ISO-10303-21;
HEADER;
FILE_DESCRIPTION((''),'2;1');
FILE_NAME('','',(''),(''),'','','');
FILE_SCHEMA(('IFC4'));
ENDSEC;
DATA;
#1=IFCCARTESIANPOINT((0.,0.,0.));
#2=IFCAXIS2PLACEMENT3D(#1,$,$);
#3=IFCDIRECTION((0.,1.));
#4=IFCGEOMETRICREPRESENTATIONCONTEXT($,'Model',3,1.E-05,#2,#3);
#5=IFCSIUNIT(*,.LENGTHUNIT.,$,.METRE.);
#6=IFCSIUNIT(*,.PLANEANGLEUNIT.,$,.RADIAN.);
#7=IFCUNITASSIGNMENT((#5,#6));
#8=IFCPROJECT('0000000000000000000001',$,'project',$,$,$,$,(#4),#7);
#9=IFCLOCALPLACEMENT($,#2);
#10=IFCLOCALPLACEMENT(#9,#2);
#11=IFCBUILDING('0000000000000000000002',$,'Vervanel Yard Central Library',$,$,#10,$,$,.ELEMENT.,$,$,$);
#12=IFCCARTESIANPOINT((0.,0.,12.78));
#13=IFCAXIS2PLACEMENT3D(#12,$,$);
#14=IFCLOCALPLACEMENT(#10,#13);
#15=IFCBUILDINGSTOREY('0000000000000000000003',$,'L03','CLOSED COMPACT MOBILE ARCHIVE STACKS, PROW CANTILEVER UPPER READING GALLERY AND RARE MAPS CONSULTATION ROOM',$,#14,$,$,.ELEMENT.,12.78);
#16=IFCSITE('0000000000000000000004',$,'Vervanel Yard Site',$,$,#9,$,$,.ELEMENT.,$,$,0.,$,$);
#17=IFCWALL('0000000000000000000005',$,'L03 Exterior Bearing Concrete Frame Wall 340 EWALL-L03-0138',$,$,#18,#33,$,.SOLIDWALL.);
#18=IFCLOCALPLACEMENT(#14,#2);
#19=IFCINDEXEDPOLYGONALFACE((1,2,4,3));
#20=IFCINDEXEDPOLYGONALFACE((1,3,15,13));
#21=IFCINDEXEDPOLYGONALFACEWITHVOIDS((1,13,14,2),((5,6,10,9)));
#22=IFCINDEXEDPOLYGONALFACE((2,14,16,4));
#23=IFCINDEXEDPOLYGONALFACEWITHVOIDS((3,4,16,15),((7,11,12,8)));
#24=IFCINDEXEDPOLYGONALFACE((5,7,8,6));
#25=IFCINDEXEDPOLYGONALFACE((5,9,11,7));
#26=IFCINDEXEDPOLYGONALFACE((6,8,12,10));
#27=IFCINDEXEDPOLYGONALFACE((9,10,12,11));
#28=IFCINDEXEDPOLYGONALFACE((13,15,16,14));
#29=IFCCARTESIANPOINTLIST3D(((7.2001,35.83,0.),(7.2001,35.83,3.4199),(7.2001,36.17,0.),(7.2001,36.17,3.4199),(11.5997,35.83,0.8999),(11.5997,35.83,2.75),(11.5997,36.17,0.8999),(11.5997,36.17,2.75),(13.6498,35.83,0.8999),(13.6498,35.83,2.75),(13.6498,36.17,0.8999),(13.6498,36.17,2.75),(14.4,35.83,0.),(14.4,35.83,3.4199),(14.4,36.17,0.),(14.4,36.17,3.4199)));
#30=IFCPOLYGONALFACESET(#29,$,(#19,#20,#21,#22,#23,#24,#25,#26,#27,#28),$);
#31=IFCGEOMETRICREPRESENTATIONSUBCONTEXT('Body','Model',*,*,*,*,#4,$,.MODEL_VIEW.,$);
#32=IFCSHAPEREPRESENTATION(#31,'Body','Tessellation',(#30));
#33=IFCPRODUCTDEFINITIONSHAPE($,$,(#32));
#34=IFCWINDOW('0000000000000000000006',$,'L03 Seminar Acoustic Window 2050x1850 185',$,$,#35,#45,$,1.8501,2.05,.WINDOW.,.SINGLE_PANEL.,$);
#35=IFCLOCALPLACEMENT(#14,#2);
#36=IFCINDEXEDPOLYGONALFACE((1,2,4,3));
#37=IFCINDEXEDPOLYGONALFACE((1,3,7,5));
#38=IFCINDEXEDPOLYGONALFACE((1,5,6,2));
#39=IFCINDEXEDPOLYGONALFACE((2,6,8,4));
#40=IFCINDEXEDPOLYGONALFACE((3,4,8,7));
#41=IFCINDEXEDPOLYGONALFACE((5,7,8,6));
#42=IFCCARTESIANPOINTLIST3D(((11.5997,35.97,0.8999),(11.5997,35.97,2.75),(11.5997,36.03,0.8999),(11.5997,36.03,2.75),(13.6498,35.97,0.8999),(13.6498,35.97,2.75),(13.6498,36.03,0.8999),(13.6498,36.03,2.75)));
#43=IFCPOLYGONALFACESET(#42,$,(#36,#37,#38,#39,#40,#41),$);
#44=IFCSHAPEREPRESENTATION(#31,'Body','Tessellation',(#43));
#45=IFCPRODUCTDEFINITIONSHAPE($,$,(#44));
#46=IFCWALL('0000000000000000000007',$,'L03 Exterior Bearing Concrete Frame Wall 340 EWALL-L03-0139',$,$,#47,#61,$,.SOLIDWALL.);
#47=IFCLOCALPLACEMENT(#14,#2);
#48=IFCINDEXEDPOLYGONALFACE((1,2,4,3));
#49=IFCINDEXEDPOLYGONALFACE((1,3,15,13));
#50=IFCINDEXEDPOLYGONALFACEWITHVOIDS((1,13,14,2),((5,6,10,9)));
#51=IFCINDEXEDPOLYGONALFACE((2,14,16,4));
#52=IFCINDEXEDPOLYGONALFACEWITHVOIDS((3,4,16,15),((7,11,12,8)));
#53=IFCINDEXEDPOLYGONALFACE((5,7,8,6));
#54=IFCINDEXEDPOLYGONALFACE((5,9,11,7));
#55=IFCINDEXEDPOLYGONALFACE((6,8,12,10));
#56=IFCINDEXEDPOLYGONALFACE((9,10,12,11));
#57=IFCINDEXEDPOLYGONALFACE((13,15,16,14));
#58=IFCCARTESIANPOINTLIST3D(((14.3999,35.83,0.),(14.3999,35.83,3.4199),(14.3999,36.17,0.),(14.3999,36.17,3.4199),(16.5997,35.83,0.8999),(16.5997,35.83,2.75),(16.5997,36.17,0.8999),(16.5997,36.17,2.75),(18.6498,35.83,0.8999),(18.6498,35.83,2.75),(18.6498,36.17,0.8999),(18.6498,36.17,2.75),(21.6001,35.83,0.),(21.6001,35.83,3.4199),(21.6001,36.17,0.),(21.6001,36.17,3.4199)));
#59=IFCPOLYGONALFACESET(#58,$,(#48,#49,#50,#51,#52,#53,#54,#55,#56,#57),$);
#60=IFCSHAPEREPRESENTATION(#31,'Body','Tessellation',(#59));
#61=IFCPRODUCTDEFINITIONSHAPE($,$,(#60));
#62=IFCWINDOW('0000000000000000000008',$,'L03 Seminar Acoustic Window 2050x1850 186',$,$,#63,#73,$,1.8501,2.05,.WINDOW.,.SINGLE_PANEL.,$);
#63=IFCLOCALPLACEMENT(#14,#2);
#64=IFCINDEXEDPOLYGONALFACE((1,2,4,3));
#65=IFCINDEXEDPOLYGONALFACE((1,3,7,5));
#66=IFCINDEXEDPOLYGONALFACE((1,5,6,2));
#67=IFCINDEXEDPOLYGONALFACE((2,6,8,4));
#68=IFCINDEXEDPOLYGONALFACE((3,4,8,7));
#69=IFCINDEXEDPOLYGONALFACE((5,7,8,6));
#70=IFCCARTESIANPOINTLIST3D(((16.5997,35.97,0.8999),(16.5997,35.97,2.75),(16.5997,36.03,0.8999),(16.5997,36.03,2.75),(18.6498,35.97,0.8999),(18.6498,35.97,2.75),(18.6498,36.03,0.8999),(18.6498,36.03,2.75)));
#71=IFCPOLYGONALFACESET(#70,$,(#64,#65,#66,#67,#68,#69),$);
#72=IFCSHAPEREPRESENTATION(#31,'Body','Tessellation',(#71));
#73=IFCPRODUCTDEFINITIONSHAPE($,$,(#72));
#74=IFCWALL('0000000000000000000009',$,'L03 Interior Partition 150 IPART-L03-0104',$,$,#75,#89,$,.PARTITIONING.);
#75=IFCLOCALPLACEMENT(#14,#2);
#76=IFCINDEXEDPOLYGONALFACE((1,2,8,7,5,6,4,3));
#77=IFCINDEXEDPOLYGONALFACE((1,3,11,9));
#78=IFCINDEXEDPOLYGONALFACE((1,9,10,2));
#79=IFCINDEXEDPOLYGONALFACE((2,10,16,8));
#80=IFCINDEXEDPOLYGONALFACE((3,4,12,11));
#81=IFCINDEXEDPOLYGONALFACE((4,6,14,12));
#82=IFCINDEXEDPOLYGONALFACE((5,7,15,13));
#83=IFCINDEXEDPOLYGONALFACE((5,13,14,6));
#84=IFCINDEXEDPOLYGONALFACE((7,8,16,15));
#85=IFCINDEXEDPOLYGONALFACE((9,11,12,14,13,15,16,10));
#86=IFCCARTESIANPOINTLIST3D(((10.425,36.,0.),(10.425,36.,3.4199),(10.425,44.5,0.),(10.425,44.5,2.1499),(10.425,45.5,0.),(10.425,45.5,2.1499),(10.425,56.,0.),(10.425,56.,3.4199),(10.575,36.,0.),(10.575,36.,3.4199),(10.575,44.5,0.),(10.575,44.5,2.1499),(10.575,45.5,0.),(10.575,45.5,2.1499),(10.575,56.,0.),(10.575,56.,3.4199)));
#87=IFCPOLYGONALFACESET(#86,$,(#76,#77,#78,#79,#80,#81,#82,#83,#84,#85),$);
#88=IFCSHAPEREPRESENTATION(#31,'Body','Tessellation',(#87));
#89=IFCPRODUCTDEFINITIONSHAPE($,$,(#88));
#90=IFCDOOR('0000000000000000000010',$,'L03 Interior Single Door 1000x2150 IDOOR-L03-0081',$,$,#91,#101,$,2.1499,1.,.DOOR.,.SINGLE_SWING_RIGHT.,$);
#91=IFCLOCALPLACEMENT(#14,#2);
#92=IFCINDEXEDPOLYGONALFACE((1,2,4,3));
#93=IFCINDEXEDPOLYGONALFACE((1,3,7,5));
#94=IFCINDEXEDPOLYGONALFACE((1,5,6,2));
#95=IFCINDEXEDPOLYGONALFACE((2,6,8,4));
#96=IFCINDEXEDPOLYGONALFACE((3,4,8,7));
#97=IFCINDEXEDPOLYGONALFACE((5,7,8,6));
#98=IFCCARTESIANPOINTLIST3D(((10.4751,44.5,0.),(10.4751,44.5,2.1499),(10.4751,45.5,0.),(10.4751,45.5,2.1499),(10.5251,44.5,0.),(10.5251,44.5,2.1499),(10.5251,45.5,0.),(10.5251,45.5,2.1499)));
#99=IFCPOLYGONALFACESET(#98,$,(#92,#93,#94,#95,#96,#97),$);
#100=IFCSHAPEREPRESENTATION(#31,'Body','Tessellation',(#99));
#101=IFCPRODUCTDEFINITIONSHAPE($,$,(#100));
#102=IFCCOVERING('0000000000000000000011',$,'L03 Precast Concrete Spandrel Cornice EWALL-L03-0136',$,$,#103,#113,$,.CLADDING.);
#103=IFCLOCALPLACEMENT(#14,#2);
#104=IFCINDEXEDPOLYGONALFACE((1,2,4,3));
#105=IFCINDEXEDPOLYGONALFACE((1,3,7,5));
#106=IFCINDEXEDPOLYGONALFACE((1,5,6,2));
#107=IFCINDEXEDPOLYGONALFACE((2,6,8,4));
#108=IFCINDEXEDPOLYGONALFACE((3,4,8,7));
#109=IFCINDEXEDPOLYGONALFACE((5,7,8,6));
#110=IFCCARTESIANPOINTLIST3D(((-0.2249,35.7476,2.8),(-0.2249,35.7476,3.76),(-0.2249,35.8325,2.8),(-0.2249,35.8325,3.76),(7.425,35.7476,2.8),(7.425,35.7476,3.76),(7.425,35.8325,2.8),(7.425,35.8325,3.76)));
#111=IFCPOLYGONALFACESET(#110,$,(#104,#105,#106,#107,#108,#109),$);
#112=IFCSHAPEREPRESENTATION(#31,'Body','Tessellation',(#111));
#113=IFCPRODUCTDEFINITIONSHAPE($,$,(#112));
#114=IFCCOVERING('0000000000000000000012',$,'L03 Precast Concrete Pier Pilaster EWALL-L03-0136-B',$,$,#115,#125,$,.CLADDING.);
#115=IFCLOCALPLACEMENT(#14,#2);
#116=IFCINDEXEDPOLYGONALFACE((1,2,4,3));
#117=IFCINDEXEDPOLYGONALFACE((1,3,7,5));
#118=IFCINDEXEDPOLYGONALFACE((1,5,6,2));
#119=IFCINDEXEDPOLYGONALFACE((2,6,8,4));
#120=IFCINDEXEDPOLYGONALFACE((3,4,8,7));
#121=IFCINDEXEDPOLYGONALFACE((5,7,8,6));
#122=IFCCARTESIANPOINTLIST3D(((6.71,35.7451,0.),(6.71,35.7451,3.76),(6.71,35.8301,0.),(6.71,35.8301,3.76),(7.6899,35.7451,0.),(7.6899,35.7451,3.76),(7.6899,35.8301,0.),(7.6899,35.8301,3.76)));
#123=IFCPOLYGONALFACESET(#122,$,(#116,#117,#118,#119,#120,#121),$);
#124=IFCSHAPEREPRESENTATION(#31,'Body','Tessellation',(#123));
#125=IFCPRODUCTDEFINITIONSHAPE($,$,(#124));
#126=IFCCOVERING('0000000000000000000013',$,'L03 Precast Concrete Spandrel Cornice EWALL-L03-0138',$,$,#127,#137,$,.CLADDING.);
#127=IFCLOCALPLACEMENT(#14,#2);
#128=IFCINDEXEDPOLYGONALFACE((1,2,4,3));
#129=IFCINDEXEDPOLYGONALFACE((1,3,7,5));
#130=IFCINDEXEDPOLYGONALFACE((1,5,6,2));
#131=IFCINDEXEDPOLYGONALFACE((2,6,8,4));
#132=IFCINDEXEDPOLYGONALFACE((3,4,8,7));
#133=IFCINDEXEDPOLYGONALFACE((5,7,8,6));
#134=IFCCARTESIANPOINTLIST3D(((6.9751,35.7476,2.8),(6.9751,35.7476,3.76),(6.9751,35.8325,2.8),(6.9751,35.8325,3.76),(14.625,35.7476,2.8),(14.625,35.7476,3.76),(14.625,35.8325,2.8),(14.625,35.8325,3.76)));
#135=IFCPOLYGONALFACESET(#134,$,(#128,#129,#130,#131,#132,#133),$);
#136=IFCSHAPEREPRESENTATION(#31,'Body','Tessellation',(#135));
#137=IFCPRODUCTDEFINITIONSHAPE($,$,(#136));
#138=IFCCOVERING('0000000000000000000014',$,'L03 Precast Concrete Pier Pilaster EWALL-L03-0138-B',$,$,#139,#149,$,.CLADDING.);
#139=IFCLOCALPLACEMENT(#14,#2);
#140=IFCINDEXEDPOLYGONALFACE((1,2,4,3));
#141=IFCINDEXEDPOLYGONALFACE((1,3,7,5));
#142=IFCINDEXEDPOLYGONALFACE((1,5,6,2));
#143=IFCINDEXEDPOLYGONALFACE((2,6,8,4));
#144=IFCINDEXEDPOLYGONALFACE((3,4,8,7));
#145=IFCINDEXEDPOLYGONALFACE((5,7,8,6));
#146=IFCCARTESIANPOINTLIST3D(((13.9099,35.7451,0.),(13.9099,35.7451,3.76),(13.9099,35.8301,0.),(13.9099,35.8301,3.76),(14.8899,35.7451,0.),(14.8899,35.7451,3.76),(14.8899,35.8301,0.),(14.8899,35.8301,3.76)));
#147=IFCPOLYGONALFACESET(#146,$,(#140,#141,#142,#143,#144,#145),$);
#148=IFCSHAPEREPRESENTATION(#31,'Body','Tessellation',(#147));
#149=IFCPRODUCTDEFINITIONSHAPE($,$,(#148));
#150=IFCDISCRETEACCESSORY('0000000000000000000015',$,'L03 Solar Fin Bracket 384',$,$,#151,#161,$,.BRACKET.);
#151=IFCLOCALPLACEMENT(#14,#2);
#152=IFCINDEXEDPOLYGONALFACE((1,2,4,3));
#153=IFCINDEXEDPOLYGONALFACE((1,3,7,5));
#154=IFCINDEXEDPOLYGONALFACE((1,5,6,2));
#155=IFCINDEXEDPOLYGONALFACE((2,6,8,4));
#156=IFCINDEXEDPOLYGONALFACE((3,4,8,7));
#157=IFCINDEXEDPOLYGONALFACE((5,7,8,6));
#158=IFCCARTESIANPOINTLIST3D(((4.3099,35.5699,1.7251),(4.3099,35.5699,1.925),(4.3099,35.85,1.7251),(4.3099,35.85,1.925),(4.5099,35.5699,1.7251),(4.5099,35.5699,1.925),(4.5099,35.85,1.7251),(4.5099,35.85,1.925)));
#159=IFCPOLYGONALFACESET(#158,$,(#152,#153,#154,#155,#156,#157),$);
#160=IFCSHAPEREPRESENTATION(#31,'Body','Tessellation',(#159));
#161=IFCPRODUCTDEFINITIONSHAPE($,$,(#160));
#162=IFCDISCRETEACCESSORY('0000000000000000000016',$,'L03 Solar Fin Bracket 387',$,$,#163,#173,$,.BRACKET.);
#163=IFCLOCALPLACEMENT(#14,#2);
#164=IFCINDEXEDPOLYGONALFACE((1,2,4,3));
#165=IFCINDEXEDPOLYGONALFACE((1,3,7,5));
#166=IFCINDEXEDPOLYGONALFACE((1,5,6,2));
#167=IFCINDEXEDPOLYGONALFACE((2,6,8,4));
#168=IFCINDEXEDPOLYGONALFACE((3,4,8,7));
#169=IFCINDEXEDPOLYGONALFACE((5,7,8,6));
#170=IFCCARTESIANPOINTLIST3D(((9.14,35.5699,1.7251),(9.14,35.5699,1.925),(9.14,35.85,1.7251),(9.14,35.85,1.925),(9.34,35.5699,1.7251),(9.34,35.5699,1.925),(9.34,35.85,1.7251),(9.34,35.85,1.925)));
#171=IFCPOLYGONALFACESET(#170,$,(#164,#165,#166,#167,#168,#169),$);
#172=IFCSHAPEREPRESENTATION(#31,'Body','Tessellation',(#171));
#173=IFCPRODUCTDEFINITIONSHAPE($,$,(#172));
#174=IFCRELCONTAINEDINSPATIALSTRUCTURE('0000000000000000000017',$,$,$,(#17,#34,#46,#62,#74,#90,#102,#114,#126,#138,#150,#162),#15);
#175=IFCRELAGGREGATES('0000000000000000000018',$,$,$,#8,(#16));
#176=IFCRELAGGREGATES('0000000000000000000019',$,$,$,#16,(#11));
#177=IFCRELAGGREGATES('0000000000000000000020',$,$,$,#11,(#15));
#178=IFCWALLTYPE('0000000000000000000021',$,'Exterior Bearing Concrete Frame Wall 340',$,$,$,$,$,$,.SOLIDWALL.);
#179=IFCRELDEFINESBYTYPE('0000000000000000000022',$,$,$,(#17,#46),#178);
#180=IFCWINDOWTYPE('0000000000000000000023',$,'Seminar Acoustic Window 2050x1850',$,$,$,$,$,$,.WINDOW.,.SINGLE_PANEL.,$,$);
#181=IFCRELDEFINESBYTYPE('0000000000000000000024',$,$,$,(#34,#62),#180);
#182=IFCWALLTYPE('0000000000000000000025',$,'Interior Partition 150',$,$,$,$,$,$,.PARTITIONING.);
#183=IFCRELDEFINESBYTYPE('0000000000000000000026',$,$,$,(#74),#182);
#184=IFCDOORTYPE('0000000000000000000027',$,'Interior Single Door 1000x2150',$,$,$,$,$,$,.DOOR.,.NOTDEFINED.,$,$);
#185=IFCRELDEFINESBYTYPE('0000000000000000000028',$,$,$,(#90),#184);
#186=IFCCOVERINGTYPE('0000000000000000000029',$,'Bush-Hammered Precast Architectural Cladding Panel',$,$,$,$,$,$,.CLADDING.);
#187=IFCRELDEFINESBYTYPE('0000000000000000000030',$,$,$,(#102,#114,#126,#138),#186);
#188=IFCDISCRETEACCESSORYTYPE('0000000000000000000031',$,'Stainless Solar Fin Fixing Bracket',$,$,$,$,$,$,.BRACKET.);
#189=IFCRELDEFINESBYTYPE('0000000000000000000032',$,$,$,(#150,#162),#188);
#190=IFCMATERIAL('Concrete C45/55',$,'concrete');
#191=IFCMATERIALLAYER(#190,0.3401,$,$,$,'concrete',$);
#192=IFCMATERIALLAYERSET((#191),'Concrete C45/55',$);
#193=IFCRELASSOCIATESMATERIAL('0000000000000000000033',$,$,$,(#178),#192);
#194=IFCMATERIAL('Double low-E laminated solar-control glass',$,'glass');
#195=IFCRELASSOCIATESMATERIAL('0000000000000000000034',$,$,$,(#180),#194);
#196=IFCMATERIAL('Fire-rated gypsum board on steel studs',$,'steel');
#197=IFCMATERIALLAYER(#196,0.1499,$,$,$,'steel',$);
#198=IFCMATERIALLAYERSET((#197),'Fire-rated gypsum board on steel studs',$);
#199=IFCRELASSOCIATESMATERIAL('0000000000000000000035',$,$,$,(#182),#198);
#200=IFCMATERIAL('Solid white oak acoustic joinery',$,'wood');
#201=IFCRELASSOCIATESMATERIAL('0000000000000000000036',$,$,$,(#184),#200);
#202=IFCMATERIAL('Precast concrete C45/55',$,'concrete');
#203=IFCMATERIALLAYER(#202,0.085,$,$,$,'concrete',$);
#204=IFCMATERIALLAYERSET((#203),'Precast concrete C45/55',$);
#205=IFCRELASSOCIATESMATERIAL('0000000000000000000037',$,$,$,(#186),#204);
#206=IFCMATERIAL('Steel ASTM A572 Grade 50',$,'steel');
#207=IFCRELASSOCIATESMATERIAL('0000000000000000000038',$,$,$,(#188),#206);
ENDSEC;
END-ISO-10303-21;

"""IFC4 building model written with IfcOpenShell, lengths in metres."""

from ifc_helpers import new_model, si_unit, direction, frame, frame_2d, origin, origin_2d, place, context, subcontext, project, spatial, rectangle, extrude, material, layer, layer_set, type_object, element, fill, save


model = new_model("IFC4")

# Units and contexts
model_context = context("Model", 3, precision=1e-05, world=origin(), true_north=direction((0.0, 1.0)))
body_context = subcontext(model_context, "Body", "Model", "MODEL_VIEW")
ifc_project = project(units=[si_unit("LENGTHUNIT", "METRE"), si_unit("PLANEANGLEUNIT", "RADIAN")], contexts=[model_context])

# Site, building, storey
site_placement = place(None, origin())
site = spatial("IfcSite", under=ifc_project, at=site_placement, Name="Vervanel Yard Site", CompositionType="ELEMENT", RefElevation=0.0)
building_placement = place(site_placement, origin())
building = spatial("IfcBuilding", under=site, at=building_placement, Name="Vervanel Yard Central Library", CompositionType="ELEMENT")
storey_placement = place(building_placement, frame((0.0, 0.0, 12.78)))
storey = spatial("IfcBuildingStorey", under=building, at=storey_placement, Name="L03", Description="CLOSED COMPACT MOBILE ARCHIVE STACKS, PROW CANTILEVER UPPER READING GALLERY AND RARE MAPS CONSULTATION ROOM", CompositionType="ELEMENT", Elevation=12.78)

# Walls, openings, windows
ifc_material_1 = material(Name="Concrete C45/55", Category="concrete")
ifc_layer_1 = layer(ifc_material_1, 0.3401, Category="concrete")
ifc_layer_set_1 = layer_set([ifc_layer_1], Name="Concrete C45/55")
wall_type_1 = type_object("IfcWallType", Name="Exterior Bearing Concrete Frame Wall 340", PredefinedType="SOLIDWALL", material=ifc_layer_set_1)
wall_1_placement = place(storey_placement, frame((7.2, 36.0, 0.0), z_axis=(0.0, 0.0, 1.0), x_axis=(1.0, 0.0, 0.0)))
wall_1 = element("IfcWall", 1, at=wall_1_placement, inside=storey, type_object=wall_type_1, Name="L03 Exterior Bearing Concrete Frame Wall 340 EWALL-L03-0138", PredefinedType="SOLIDWALL", context=body_context, shape_type="SweptSolid", body=[
    extrude(rectangle(XDim=7.2, YDim=0.3401, at=frame_2d((3.6001, 0.0))), origin(), (0.0, 0.0, 1.0), 3.4199),
])
opening_1_placement = place(wall_1_placement, frame((4.3999, 0.0, 0.8999)))
opening_1 = element("IfcOpeningElement", 2, at=opening_1_placement, cuts=wall_1, PredefinedType="OPENING", context=body_context, shape_type="SweptSolid", body=[
    extrude(rectangle(XDim=2.05, YDim=1.8501, at=frame_2d((1.0249, 0.925))), frame((0.0, 0.1799, 0.0), z_axis=(0.0, -1.0, 0.0), x_axis=(1.0, 0.0, 0.0)), (0.0, 0.0, 1.0), 0.3601),
])
ifc_material_2 = material(Name="Double low-E laminated solar-control glass", Category="glass")
window_type = type_object("IfcWindowType", Name="Seminar Acoustic Window 2050x1850", PartitioningType="SINGLE_PANEL", PredefinedType="WINDOW", material=ifc_material_2)
window_1_placement = place(opening_1_placement, origin())
window_1 = element("IfcWindow", 3, at=window_1_placement, inside=storey, type_object=window_type, Name="L03 Seminar Acoustic Window 2050x1850 185", OverallHeight=1.8501, OverallWidth=2.05, PartitioningType="SINGLE_PANEL", PredefinedType="WINDOW", context=body_context, shape_type="SweptSolid", body=[
    extrude(rectangle(XDim=2.05, YDim=1.8501, at=frame_2d((1.0249, 0.925))), frame((0.0, 0.03, 0.0), z_axis=(0.0, -1.0, 0.0), x_axis=(1.0, 0.0, 0.0)), (0.0, 0.0, 1.0), 0.0601),
])
fill(opening_1, window_1)
wall_2_placement = place(storey_placement, frame((14.3999, 36.0, 0.0), z_axis=(0.0, 0.0, 1.0), x_axis=(1.0, 0.0, 0.0)))
wall_2 = element("IfcWall", 4, at=wall_2_placement, inside=storey, type_object=wall_type_1, Name="L03 Exterior Bearing Concrete Frame Wall 340 EWALL-L03-0139", PredefinedType="SOLIDWALL", context=body_context, shape_type="SweptSolid", body=[
    extrude(rectangle(XDim=7.2002, YDim=0.3401, at=frame_2d((3.6001, 0.0))), origin(), (0.0, 0.0, 1.0), 3.4199),
])
opening_2_placement = place(wall_2_placement, frame((2.2, 0.0, 0.8999)))
opening_2 = element("IfcOpeningElement", 5, at=opening_2_placement, cuts=wall_2, PredefinedType="OPENING", context=body_context, shape_type="SweptSolid", body=[
    extrude(rectangle(XDim=2.05, YDim=1.8501, at=frame_2d((1.0249, 0.925))), frame((0.0, 0.1799, 0.0), z_axis=(0.0, -1.0, 0.0), x_axis=(1.0, 0.0, 0.0)), (0.0, 0.0, 1.0), 0.3601),
])
window_2_placement = place(opening_2_placement, origin())
window_2 = element("IfcWindow", 6, at=window_2_placement, inside=storey, type_object=window_type, Name="L03 Seminar Acoustic Window 2050x1850 186", OverallHeight=1.8501, OverallWidth=2.05, PartitioningType="SINGLE_PANEL", PredefinedType="WINDOW", context=body_context, shape_type="SweptSolid", body=[
    extrude(rectangle(XDim=2.05, YDim=1.8501, at=frame_2d((1.0249, 0.925))), frame((0.0, 0.03, 0.0), z_axis=(0.0, -1.0, 0.0), x_axis=(1.0, 0.0, 0.0)), (0.0, 0.0, 1.0), 0.0601),
])
fill(opening_2, window_2)

# Wall, opening, door
ifc_material_3 = material(Name="Fire-rated gypsum board on steel studs", Category="steel")
ifc_layer_2 = layer(ifc_material_3, 0.1499, Category="steel")
ifc_layer_set_2 = layer_set([ifc_layer_2], Name="Fire-rated gypsum board on steel studs")
wall_type_2 = type_object("IfcWallType", Name="Interior Partition 150", PredefinedType="PARTITIONING", material=ifc_layer_set_2)
wall_3_placement = place(storey_placement, frame((10.5, 36.0, 0.0), z_axis=(0.0, 0.0, 1.0), x_axis=(0.0, 1.0, 0.0)))
wall_3 = element("IfcWall", 7, at=wall_3_placement, inside=storey, type_object=wall_type_2, Name="L03 Interior Partition 150 IPART-L03-0104", PredefinedType="PARTITIONING", context=body_context, shape_type="SweptSolid", body=[
    extrude(rectangle(XDim=20.0, YDim=0.1499, at=frame_2d((10.0, 0.0))), origin(), (0.0, 0.0, 1.0), 3.4199),
])
opening_3_placement = place(wall_3_placement, frame((8.5, 0.0, 0.0)))
opening_3 = element("IfcOpeningElement", 8, at=opening_3_placement, cuts=wall_3, PredefinedType="OPENING", context=body_context, shape_type="SweptSolid", body=[
    extrude(rectangle(XDim=1.0, YDim=2.1499, at=frame_2d((0.5, 1.075))), frame((0.0, 0.085, 0.0), z_axis=(0.0, -1.0, 0.0), x_axis=(1.0, 0.0, 0.0)), (0.0, 0.0, 1.0), 0.1699),
])
ifc_material_4 = material(Name="Solid white oak acoustic joinery", Category="wood")
door_type = type_object("IfcDoorType", Name="Interior Single Door 1000x2150", OperationType="NOTDEFINED", PredefinedType="DOOR", material=ifc_material_4)
door_placement = place(opening_3_placement, origin())
door = element("IfcDoor", 9, at=door_placement, inside=storey, type_object=door_type, Name="L03 Interior Single Door 1000x2150 IDOOR-L03-0081", OperationType="SINGLE_SWING_RIGHT", OverallHeight=2.1499, OverallWidth=1.0, PredefinedType="DOOR", context=body_context, shape_type="SweptSolid", body=[
    extrude(rectangle(XDim=1.0, YDim=2.1499, at=frame_2d((0.5, 1.075))), frame((0.0, 0.0249, 0.0), z_axis=(0.0, -1.0, 0.0), x_axis=(1.0, 0.0, 0.0)), (0.0, 0.0, 1.0), 0.05),
])
fill(opening_3, door)

# Coverings
ifc_material_5 = material(Name="Precast concrete C45/55", Category="concrete")
ifc_layer_3 = layer(ifc_material_5, 0.085, Category="concrete")
ifc_layer_set_3 = layer_set([ifc_layer_3], Name="Precast concrete C45/55")
covering_type = type_object("IfcCoveringType", Name="Bush-Hammered Precast Architectural Cladding Panel", PredefinedType="CLADDING", material=ifc_layer_set_3)
covering_1_placement = place(storey_placement, frame((3.6001, 35.79, 2.8), z_axis=(0.0, 0.0, 1.0), x_axis=(1.0, 0.0, 0.0)))
element("IfcCovering", 10, at=covering_1_placement, inside=storey, type_object=covering_type, Name="L03 Precast Concrete Spandrel Cornice EWALL-L03-0136", PredefinedType="CLADDING", context=body_context, shape_type="SweptSolid", body=[
    extrude(rectangle(XDim=7.6499, YDim=0.085, at=origin_2d()), origin(), (0.0, 0.0, 1.0), 0.96),
])
covering_2_placement = place(storey_placement, frame((7.2, 35.7876, 0.0), z_axis=(0.0, 0.0, 1.0), x_axis=(1.0, 0.0, 0.0)))
element("IfcCovering", 11, at=covering_2_placement, inside=storey, type_object=covering_type, Name="L03 Precast Concrete Pier Pilaster EWALL-L03-0136-B", PredefinedType="CLADDING", context=body_context, shape_type="SweptSolid", body=[
    extrude(rectangle(XDim=0.98, YDim=0.085, at=origin_2d()), origin(), (0.0, 0.0, 1.0), 3.76),
])
covering_3_placement = place(storey_placement, frame((10.8, 35.79, 2.8), z_axis=(0.0, 0.0, 1.0), x_axis=(1.0, 0.0, 0.0)))
element("IfcCovering", 12, at=covering_3_placement, inside=storey, type_object=covering_type, Name="L03 Precast Concrete Spandrel Cornice EWALL-L03-0138", PredefinedType="CLADDING", context=body_context, shape_type="SweptSolid", body=[
    extrude(rectangle(XDim=7.6499, YDim=0.085, at=origin_2d()), origin(), (0.0, 0.0, 1.0), 0.96),
])
covering_4_placement = place(storey_placement, frame((14.3999, 35.7876, 0.0), z_axis=(0.0, 0.0, 1.0), x_axis=(1.0, 0.0, 0.0)))
element("IfcCovering", 13, at=covering_4_placement, inside=storey, type_object=covering_type, Name="L03 Precast Concrete Pier Pilaster EWALL-L03-0138-B", PredefinedType="CLADDING", context=body_context, shape_type="SweptSolid", body=[
    extrude(rectangle(XDim=0.98, YDim=0.085, at=origin_2d()), origin(), (0.0, 0.0, 1.0), 3.76),
])

# Discrete accessories
ifc_material_6 = material(Name="Steel ASTM A572 Grade 50", Category="steel")
discrete_accessory_type = type_object("IfcDiscreteAccessoryType", Name="Stainless Solar Fin Fixing Bracket", PredefinedType="BRACKET", material=ifc_material_6)
for number, where, z_axis, x_axis, name in (
    (14, (4.4099, 35.71, 1.7251), (0.0, 0.0, 1.0), (1.0, 0.0, 0.0), "L03 Solar Fin Bracket 384"),
    (15, (9.24, 35.71, 1.7251), (0.0, 0.0, 1.0), (1.0, 0.0, 0.0), "L03 Solar Fin Bracket 387"),
):
    element("IfcDiscreteAccessory", number, at=place(storey_placement, frame(where, z_axis=z_axis, x_axis=x_axis)), inside=storey, type_object=discrete_accessory_type, Name=name, PredefinedType="BRACKET", context=body_context, shape_type="SweptSolid", body=[
        extrude(rectangle(XDim=0.2, YDim=0.28, at=origin_2d()), origin(), (0.0, 0.0, 1.0), 0.2),
    ])

save(model, "model.ifc")
